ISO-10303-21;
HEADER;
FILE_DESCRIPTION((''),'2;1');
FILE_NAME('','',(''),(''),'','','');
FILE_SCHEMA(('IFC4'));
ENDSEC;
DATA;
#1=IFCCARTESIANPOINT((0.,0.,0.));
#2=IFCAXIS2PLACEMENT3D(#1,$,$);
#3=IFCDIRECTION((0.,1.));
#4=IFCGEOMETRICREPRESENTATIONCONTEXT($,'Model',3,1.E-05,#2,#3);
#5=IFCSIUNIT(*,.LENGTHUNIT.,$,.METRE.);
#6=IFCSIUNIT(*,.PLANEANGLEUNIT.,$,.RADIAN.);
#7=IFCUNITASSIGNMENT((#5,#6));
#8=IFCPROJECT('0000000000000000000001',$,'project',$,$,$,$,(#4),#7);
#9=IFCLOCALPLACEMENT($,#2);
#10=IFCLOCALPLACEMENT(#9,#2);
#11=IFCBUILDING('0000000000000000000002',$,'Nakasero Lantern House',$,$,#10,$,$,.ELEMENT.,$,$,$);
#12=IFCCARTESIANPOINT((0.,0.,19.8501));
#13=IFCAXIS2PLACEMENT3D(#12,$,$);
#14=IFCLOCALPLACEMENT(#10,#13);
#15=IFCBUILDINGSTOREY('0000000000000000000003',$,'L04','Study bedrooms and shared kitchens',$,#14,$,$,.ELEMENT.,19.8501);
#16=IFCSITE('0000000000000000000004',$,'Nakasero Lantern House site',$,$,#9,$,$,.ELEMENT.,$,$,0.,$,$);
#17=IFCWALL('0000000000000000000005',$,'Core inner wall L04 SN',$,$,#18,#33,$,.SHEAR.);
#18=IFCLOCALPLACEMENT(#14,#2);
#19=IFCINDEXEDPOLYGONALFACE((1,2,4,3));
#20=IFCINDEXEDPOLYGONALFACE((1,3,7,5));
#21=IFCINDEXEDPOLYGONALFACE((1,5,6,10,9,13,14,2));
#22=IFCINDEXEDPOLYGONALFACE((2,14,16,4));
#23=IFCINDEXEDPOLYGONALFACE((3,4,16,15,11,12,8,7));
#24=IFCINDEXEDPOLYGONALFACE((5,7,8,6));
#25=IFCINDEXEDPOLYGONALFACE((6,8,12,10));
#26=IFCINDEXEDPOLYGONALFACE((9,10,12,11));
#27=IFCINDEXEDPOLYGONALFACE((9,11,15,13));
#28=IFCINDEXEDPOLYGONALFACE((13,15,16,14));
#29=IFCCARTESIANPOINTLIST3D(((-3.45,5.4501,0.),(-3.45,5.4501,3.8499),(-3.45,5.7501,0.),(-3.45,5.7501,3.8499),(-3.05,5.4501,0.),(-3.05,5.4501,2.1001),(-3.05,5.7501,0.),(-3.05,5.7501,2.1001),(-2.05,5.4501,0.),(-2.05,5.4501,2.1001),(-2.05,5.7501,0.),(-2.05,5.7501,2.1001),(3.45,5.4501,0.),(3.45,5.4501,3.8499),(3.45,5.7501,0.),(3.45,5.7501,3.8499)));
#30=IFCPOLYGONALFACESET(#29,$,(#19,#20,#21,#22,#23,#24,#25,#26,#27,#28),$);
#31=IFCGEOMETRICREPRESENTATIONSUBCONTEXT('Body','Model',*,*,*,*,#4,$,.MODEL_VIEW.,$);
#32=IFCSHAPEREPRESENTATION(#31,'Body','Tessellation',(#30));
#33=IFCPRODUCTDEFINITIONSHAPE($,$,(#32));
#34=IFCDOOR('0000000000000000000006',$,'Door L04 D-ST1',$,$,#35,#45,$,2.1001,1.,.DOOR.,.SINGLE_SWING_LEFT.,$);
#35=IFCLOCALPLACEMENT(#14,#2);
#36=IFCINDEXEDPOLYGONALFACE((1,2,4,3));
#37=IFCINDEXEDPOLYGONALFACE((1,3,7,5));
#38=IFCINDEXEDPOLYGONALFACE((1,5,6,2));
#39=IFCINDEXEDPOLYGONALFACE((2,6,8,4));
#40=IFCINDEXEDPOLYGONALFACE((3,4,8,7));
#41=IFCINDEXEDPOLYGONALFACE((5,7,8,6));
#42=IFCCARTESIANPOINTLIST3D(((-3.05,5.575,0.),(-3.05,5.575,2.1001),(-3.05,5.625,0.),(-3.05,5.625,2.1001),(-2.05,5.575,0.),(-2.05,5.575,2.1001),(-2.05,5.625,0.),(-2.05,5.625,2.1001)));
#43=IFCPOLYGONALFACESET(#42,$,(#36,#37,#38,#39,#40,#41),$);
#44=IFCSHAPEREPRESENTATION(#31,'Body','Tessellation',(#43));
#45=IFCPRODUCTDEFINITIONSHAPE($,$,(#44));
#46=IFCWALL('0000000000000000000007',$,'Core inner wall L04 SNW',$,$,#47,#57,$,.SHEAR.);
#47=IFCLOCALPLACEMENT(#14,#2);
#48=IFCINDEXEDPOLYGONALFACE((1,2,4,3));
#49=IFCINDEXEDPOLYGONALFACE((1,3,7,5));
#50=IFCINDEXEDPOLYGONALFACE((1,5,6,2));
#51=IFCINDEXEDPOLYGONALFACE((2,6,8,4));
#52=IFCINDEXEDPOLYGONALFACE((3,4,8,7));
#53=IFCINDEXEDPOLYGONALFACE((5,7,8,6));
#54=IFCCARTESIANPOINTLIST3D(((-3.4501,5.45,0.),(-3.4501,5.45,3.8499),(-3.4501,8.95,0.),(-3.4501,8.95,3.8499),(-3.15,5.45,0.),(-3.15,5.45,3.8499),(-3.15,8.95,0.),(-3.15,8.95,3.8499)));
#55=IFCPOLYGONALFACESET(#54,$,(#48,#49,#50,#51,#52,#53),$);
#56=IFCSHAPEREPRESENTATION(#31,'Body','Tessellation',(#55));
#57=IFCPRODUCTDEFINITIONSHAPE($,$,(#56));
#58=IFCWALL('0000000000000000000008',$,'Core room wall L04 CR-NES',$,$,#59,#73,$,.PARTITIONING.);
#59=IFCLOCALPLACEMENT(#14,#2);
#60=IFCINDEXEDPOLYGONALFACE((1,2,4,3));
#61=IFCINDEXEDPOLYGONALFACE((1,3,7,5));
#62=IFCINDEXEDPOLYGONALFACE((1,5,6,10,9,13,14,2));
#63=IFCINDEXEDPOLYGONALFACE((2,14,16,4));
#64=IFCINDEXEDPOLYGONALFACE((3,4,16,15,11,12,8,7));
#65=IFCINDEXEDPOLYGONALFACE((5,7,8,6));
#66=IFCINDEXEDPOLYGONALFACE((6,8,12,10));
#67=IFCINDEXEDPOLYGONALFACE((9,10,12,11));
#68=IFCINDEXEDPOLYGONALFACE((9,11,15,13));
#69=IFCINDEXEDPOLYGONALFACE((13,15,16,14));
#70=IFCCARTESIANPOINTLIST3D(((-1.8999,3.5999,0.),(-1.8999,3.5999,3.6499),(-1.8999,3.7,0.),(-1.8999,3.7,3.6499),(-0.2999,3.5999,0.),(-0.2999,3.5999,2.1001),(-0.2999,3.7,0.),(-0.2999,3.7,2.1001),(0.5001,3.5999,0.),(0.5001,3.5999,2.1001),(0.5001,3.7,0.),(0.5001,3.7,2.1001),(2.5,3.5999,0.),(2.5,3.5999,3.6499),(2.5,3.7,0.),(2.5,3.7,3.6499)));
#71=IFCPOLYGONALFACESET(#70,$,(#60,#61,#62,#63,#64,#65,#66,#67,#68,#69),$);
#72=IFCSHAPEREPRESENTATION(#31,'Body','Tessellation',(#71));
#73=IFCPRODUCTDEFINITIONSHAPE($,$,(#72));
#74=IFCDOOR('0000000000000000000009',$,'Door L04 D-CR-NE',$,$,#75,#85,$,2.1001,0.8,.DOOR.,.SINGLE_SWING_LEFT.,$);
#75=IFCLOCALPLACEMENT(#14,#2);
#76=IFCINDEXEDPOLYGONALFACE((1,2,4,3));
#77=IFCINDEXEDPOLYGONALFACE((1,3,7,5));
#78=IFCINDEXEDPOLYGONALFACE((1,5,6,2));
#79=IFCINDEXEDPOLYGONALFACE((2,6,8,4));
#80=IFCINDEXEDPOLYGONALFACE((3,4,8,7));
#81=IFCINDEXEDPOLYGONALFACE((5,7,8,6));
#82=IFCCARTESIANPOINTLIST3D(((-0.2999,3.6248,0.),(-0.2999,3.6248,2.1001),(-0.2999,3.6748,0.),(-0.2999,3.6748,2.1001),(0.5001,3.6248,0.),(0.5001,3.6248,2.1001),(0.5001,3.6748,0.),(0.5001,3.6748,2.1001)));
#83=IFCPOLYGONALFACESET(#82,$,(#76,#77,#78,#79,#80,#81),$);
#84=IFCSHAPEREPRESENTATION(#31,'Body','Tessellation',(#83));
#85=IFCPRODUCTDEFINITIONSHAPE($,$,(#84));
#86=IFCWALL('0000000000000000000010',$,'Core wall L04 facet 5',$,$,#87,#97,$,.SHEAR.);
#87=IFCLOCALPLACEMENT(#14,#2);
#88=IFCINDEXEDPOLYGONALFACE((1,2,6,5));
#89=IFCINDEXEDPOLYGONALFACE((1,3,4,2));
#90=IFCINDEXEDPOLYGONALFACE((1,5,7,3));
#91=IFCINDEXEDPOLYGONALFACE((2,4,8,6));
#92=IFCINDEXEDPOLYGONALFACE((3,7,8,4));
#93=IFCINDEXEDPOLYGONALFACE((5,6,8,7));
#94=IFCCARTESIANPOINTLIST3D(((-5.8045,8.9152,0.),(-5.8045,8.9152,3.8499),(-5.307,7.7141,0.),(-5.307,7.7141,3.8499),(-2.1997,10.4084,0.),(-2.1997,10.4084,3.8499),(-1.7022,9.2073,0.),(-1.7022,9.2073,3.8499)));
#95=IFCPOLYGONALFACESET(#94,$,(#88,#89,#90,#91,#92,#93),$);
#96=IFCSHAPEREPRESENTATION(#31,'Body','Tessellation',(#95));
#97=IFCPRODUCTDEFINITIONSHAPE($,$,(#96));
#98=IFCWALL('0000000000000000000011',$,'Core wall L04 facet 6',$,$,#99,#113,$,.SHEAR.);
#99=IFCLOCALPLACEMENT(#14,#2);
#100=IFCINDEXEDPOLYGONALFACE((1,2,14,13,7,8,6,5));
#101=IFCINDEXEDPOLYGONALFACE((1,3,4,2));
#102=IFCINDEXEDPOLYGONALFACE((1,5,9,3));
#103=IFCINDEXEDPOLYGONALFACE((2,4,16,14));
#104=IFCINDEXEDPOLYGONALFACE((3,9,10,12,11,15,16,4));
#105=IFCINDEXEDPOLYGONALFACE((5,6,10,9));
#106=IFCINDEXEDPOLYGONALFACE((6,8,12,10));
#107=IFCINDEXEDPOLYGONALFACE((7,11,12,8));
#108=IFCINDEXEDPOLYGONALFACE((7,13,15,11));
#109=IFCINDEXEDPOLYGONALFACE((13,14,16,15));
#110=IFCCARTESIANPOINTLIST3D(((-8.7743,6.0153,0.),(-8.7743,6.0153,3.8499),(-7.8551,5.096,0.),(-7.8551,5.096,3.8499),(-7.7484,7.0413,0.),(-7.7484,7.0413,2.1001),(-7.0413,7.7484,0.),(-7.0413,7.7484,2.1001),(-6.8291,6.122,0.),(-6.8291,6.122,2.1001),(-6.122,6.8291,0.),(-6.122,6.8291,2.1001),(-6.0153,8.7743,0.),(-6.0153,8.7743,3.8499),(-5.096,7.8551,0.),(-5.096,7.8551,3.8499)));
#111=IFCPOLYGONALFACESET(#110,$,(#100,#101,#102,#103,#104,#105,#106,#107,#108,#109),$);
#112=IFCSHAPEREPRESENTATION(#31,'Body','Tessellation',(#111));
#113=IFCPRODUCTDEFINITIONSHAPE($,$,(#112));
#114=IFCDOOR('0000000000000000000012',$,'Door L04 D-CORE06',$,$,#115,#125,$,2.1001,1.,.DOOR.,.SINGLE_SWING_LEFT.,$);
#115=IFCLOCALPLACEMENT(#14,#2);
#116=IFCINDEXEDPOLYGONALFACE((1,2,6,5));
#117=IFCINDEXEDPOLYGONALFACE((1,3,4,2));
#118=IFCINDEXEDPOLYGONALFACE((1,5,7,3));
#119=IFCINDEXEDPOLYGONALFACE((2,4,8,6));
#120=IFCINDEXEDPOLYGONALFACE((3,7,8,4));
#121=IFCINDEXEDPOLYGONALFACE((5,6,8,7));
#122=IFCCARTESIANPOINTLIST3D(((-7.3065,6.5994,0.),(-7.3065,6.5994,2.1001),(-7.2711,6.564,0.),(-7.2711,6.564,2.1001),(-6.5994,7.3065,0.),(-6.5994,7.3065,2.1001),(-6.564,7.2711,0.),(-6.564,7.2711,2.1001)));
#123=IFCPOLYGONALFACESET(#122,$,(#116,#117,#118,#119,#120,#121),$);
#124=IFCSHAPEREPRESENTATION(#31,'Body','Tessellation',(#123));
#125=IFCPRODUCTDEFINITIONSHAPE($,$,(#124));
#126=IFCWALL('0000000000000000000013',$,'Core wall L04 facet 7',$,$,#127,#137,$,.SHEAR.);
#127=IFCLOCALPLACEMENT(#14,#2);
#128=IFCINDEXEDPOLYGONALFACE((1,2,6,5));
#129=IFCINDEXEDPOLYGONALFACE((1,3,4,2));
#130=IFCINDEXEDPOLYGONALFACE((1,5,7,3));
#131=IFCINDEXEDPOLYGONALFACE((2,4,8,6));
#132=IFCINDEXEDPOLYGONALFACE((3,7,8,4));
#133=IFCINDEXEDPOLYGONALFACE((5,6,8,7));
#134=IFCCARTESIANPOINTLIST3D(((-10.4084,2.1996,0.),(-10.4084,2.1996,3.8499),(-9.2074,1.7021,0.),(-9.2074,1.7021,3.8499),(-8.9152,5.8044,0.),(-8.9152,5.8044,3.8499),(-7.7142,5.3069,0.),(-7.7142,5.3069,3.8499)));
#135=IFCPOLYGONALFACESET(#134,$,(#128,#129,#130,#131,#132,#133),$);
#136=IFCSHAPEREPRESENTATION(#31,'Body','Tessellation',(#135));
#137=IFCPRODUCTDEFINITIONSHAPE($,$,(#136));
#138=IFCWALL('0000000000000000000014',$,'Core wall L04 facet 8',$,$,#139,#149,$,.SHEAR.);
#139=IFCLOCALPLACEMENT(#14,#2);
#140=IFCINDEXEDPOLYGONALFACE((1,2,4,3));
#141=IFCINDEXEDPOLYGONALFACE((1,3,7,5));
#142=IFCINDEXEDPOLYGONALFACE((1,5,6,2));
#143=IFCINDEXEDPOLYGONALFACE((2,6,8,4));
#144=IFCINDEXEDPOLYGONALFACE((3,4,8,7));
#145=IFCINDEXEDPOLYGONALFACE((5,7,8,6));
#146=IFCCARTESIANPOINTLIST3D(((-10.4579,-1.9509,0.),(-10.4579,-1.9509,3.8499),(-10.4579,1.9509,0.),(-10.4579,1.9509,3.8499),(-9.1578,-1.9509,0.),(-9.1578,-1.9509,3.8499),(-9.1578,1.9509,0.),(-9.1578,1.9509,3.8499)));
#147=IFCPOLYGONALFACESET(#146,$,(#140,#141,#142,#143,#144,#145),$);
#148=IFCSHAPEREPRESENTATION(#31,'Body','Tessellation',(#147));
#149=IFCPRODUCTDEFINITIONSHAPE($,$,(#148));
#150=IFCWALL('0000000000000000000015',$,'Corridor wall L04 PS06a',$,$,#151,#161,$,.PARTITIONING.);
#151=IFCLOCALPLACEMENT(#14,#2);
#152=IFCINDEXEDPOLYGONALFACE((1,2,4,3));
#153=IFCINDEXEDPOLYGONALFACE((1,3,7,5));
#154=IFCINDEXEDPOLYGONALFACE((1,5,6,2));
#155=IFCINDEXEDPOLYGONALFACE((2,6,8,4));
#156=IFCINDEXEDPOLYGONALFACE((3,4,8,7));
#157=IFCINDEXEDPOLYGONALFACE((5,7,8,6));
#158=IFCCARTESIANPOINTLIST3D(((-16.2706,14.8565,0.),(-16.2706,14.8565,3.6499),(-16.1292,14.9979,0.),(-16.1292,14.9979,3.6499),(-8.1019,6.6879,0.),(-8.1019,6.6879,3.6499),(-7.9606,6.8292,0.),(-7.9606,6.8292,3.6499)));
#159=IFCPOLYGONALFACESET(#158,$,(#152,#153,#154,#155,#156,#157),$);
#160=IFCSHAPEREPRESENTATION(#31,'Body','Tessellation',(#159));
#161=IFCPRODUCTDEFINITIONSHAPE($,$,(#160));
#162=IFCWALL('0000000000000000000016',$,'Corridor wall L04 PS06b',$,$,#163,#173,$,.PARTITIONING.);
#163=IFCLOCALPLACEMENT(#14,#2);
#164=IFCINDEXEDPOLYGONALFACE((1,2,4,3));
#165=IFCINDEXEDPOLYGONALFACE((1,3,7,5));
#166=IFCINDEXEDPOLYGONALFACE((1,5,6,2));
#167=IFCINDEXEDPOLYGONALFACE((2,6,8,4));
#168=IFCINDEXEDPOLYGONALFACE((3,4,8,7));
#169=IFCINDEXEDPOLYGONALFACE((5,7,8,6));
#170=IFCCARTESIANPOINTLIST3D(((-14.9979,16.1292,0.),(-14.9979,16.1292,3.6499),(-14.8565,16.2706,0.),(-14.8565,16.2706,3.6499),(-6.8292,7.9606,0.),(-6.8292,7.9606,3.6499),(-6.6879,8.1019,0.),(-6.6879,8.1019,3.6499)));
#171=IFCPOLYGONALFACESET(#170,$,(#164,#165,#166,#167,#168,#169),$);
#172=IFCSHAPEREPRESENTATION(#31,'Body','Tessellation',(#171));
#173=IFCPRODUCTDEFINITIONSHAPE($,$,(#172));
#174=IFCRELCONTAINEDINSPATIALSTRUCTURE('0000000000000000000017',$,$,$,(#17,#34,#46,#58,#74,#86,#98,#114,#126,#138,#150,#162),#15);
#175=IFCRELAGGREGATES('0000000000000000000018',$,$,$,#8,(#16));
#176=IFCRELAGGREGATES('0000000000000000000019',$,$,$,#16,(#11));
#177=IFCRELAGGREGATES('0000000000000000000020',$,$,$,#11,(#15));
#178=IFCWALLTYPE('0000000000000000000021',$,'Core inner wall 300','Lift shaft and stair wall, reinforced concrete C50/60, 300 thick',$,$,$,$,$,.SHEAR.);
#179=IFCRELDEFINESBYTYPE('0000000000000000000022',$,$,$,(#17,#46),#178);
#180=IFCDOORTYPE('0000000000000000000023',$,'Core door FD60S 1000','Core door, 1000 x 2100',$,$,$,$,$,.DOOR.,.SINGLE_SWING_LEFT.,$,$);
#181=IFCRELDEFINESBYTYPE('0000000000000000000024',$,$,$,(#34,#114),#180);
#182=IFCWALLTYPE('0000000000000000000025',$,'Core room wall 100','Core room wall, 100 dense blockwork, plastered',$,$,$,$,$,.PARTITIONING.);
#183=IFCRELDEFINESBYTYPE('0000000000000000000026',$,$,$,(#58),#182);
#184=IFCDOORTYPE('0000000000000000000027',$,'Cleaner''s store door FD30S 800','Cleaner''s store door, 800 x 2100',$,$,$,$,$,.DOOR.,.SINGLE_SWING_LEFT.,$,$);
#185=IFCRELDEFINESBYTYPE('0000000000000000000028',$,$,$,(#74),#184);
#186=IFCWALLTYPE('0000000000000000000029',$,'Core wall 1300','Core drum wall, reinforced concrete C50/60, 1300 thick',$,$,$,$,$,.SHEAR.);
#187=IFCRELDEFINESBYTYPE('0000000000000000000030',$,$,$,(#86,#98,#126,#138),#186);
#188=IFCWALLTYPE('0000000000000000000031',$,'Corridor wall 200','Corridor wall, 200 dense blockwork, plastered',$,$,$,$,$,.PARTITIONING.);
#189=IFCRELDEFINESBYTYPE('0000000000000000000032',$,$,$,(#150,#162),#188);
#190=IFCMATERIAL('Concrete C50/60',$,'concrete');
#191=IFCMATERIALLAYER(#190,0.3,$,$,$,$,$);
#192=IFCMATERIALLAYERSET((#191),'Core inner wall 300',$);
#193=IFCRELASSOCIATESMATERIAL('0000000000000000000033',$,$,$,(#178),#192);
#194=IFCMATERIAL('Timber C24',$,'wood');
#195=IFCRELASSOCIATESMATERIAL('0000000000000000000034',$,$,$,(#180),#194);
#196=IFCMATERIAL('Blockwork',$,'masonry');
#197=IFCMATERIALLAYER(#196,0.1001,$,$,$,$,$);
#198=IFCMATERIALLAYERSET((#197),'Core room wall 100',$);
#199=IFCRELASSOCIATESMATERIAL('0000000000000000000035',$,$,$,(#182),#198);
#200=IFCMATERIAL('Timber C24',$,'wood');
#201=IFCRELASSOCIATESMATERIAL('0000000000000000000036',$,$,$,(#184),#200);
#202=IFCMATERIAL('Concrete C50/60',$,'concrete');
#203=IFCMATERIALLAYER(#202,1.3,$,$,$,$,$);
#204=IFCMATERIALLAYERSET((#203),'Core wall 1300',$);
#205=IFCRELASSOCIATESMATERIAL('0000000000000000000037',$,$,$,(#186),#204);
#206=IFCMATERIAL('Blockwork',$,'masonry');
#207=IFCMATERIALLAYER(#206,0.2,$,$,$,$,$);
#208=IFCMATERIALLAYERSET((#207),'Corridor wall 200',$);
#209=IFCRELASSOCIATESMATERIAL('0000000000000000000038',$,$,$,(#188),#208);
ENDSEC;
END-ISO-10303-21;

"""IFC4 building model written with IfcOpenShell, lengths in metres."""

from ifc_helpers import new_model, si_unit, direction, frame, frame_2d, origin, place, context, subcontext, project, spatial, rectangle, extrude, material, layer, layer_set, type_object, element, fill, save


model = new_model("IFC4")

# Units and contexts
model_context = context("Model", 3, precision=1e-05, world=origin(), true_north=direction((0.0, 1.0)))
body_context = subcontext(model_context, "Body", "Model", "MODEL_VIEW")
ifc_project = project(units=[si_unit("LENGTHUNIT", "METRE"), si_unit("PLANEANGLEUNIT", "RADIAN")], contexts=[model_context])

# Site, building, storey
site_placement = place(None, origin())
site = spatial("IfcSite", under=ifc_project, at=site_placement, Name="Nakasero Lantern House site", CompositionType="ELEMENT", RefElevation=0.0)
building_placement = place(site_placement, origin())
building = spatial("IfcBuilding", under=site, at=building_placement, Name="Nakasero Lantern House", CompositionType="ELEMENT")
storey_placement = place(building_placement, frame((0.0, 0.0, 19.8501)))
storey = spatial("IfcBuildingStorey", under=building, at=storey_placement, Name="L04", Description="Study bedrooms and shared kitchens", CompositionType="ELEMENT", Elevation=19.8501)

# Shared definitions
ifc_material_1 = material(Name="Concrete C50/60", Category="concrete")
ifc_layer_1 = layer(ifc_material_1, 0.3)
ifc_layer_set_1 = layer_set([ifc_layer_1], Name="Core inner wall 300")
wall_type_1 = type_object("IfcWallType", Name="Core inner wall 300", Description="Lift shaft and stair wall, reinforced concrete C50/60, 300 thick", PredefinedType="SHEAR", material=ifc_layer_set_1)

# Wall, opening, door
wall_1_placement = place(storey_placement, frame((-3.45, 5.6001, 0.0), z_axis=(0.0, 0.0, 1.0), x_axis=(1.0, 0.0, 0.0)))
wall_1 = element("IfcWall", 1, at=wall_1_placement, inside=storey, type_object=wall_type_1, Name="Core inner wall L04 SN", PredefinedType="SHEAR", context=body_context, shape_type="SweptSolid", body=[
    extrude(rectangle(XDim=6.8999, YDim=0.3, at=frame_2d((3.45, 0.0))), origin(), (0.0, 0.0, 1.0), 3.8499),
])
opening_1_placement = place(wall_1_placement, frame((0.3999, 0.0, 0.0)))
opening_1 = element("IfcOpeningElement", 2, at=opening_1_placement, cuts=wall_1, PredefinedType="OPENING", context=body_context, shape_type="SweptSolid", body=[
    extrude(rectangle(XDim=1.0, YDim=2.1001, at=frame_2d((0.5, 1.05))), frame((0.0, 0.1699, 0.0), z_axis=(0.0, -1.0, 0.0), x_axis=(1.0, 0.0, 0.0)), (0.0, 0.0, 1.0), 0.3401),
])
ifc_material_2 = material(Name="Timber C24", Category="wood")
door_type_1 = type_object("IfcDoorType", Name="Core door FD60S 1000", Description="Core door, 1000 x 2100", OperationType="SINGLE_SWING_LEFT", PredefinedType="DOOR", material=ifc_material_2)
door_1_placement = place(opening_1_placement, origin())
door_1 = element("IfcDoor", 3, at=door_1_placement, inside=storey, type_object=door_type_1, Name="Door L04 D-ST1", OperationType="SINGLE_SWING_LEFT", OverallHeight=2.1001, OverallWidth=1.0, PredefinedType="DOOR", context=body_context, shape_type="SweptSolid", body=[
    extrude(rectangle(XDim=1.0, YDim=2.1001, at=frame_2d((0.5, 1.05))), frame((0.0, 0.0249, 0.0), z_axis=(0.0, -1.0, 0.0), x_axis=(1.0, 0.0, 0.0)), (0.0, 0.0, 1.0), 0.05),
])
fill(opening_1, door_1)

# Wall
wall_2_placement = place(storey_placement, frame((-3.3, 5.45, 0.0), z_axis=(0.0, 0.0, 1.0), x_axis=(0.0, 1.0, 0.0)))
element("IfcWall", 4, at=wall_2_placement, inside=storey, type_object=wall_type_1, Name="Core inner wall L04 SNW", PredefinedType="SHEAR", context=body_context, shape_type="SweptSolid", body=[
    extrude(rectangle(XDim=3.5, YDim=0.3, at=frame_2d((1.75, 0.0))), origin(), (0.0, 0.0, 1.0), 3.8499),
])

# Wall, opening, door
ifc_material_3 = material(Name="Blockwork", Category="masonry")
ifc_layer_2 = layer(ifc_material_3, 0.1001)
ifc_layer_set_2 = layer_set([ifc_layer_2], Name="Core room wall 100")
wall_type_2 = type_object("IfcWallType", Name="Core room wall 100", Description="Core room wall, 100 dense blockwork, plastered", PredefinedType="PARTITIONING", material=ifc_layer_set_2)
wall_3_placement = place(storey_placement, frame((-1.8999, 3.6499, 0.0), z_axis=(0.0, 0.0, 1.0), x_axis=(1.0, 0.0, 0.0)))
wall_3 = element("IfcWall", 5, at=wall_3_placement, inside=storey, type_object=wall_type_2, Name="Core room wall L04 CR-NES", PredefinedType="PARTITIONING", context=body_context, shape_type="SweptSolid", body=[
    extrude(rectangle(XDim=4.3999, YDim=0.1001, at=frame_2d((2.2, 0.0))), origin(), (0.0, 0.0, 1.0), 3.6499),
])
opening_2_placement = place(wall_3_placement, frame((1.6001, 0.0, 0.0)))
opening_2 = element("IfcOpeningElement", 6, at=opening_2_placement, cuts=wall_3, PredefinedType="OPENING", context=body_context, shape_type="SweptSolid", body=[
    extrude(rectangle(XDim=0.8, YDim=2.1001, at=frame_2d((0.3999, 1.05))), frame((0.0, 0.0701, 0.0), z_axis=(0.0, -1.0, 0.0), x_axis=(1.0, 0.0, 0.0)), (0.0, 0.0, 1.0), 0.1401),
])
ifc_material_4 = material(Name="Timber C24", Category="wood")
door_type_2 = type_object("IfcDoorType", Name="Cleaner's store door FD30S 800", Description="Cleaner's store door, 800 x 2100", OperationType="SINGLE_SWING_LEFT", PredefinedType="DOOR", material=ifc_material_4)
door_2_placement = place(opening_2_placement, origin())
door_2 = element("IfcDoor", 7, at=door_2_placement, inside=storey, type_object=door_type_2, Name="Door L04 D-CR-NE", OperationType="SINGLE_SWING_LEFT", OverallHeight=2.1001, OverallWidth=0.8, PredefinedType="DOOR", context=body_context, shape_type="SweptSolid", body=[
    extrude(rectangle(XDim=0.8, YDim=2.1001, at=frame_2d((0.3999, 1.05))), frame((0.0, 0.0249, 0.0), z_axis=(0.0, -1.0, 0.0), x_axis=(1.0, 0.0, 0.0)), (0.0, 0.0, 1.0), 0.05),
])
fill(opening_2, door_2)

# Wall
ifc_material_5 = material(Name="Concrete C50/60", Category="concrete")
ifc_layer_3 = layer(ifc_material_5, 1.3)
ifc_layer_set_3 = layer_set([ifc_layer_3], Name="Core wall 1300")
wall_type_3 = type_object("IfcWallType", Name="Core wall 1300", Description="Core drum wall, reinforced concrete C50/60, 1300 thick", PredefinedType="SHEAR", material=ifc_layer_set_3)
wall_4_placement = place(storey_placement, frame((-1.9509, 9.8079, 0.0), z_axis=(0.0, 0.0, 1.0), x_axis=(-0.923877, -0.382691, 0.0)))
element("IfcWall", 8, at=wall_4_placement, inside=storey, type_object=wall_type_3, Name="Core wall L04 facet 5", PredefinedType="SHEAR", context=body_context, shape_type="SweptSolid", body=[
    extrude(rectangle(XDim=3.9019, YDim=1.3, at=frame_2d((1.9509, 0.0))), origin(), (0.0, 0.0, 1.0), 3.8499),
])

# Wall, opening, door
wall_5_placement = place(storey_placement, frame((-5.5557, 8.3147, 0.0), z_axis=(0.0, 0.0, 1.0), x_axis=(-0.707107, -0.707107, 0.0)))
wall_5 = element("IfcWall", 9, at=wall_5_placement, inside=storey, type_object=wall_type_3, Name="Core wall L04 facet 6", PredefinedType="SHEAR", context=body_context, shape_type="SweptSolid", body=[
    extrude(rectangle(XDim=3.9019, YDim=1.3, at=frame_2d((1.9509, 0.0))), origin(), (0.0, 0.0, 1.0), 3.8499),
])
opening_3_placement = place(wall_5_placement, frame((1.4509, 0.0, 0.0)))
opening_3 = element("IfcOpeningElement", 10, at=opening_3_placement, cuts=wall_5, PredefinedType="OPENING", context=body_context, shape_type="SweptSolid", body=[
    extrude(rectangle(XDim=1.0, YDim=2.1001, at=frame_2d((0.5, 1.05))), frame((0.0, 0.6699, 0.0), z_axis=(0.0, -1.0, 0.0), x_axis=(1.0, 0.0, 0.0)), (0.0, 0.0, 1.0), 1.3401),
])
door_3_placement = place(opening_3_placement, origin())
door_3 = element("IfcDoor", 11, at=door_3_placement, inside=storey, type_object=door_type_1, Name="Door L04 D-CORE06", OperationType="SINGLE_SWING_LEFT", OverallHeight=2.1001, OverallWidth=1.0, PredefinedType="DOOR", context=body_context, shape_type="SweptSolid", body=[
    extrude(rectangle(XDim=1.0, YDim=2.1001, at=frame_2d((0.5, 1.05))), frame((0.0, 0.0249, 0.0), z_axis=(0.0, -1.0, 0.0), x_axis=(1.0, 0.0, 0.0)), (0.0, 0.0, 1.0), 0.05),
])
fill(opening_3, door_3)

# Walls
for number, where, z_axis, x_axis, name in (
    (12, (-8.3147, 5.5557, 0.0), (0.0, 0.0, 1.0), (-0.382691, -0.923877, 0.0), "Core wall L04 facet 7"),
    (13, (-9.8079, 1.9509, 0.0), (0.0, 0.0, 1.0), (0.0, -1.0, 0.0), "Core wall L04 facet 8"),
):
    element("IfcWall", number, at=place(storey_placement, frame(where, z_axis=z_axis, x_axis=x_axis)), inside=storey, type_object=wall_type_3, Name=name, PredefinedType="SHEAR", context=body_context, shape_type="SweptSolid", body=[
        extrude(rectangle(XDim=3.9019, YDim=1.3, at=frame_2d((1.9509, 0.0))), origin(), (0.0, 0.0, 1.0), 3.8499),
    ])
ifc_material_6 = material(Name="Blockwork", Category="masonry")
ifc_layer_4 = layer(ifc_material_6, 0.2)
ifc_layer_set_4 = layer_set([ifc_layer_4], Name="Corridor wall 200")
wall_type_4 = type_object("IfcWallType", Name="Corridor wall 200", Description="Corridor wall, 200 dense blockwork, plastered", PredefinedType="PARTITIONING", material=ifc_layer_set_4)
for number, where, z_axis, x_axis, name in (
    (14, (-8.0312, 6.7585, 0.0), (0.0, 0.0, 1.0), (-0.707107, 0.707107, 0.0), "Corridor wall L04 PS06a"),
    (15, (-6.7585, 8.0312, 0.0), (0.0, 0.0, 1.0), (-0.707107, 0.707107, 0.0), "Corridor wall L04 PS06b"),
):
    element("IfcWall", number, at=place(storey_placement, frame(where, z_axis=z_axis, x_axis=x_axis)), inside=storey, type_object=wall_type_4, Name=name, PredefinedType="PARTITIONING", context=body_context, shape_type="SweptSolid", body=[
        extrude(rectangle(XDim=11.5522, YDim=0.2, at=frame_2d((5.7761, 0.0))), origin(), (0.0, 0.0, 1.0), 3.6499),
    ])

save(model, "model.ifc")
